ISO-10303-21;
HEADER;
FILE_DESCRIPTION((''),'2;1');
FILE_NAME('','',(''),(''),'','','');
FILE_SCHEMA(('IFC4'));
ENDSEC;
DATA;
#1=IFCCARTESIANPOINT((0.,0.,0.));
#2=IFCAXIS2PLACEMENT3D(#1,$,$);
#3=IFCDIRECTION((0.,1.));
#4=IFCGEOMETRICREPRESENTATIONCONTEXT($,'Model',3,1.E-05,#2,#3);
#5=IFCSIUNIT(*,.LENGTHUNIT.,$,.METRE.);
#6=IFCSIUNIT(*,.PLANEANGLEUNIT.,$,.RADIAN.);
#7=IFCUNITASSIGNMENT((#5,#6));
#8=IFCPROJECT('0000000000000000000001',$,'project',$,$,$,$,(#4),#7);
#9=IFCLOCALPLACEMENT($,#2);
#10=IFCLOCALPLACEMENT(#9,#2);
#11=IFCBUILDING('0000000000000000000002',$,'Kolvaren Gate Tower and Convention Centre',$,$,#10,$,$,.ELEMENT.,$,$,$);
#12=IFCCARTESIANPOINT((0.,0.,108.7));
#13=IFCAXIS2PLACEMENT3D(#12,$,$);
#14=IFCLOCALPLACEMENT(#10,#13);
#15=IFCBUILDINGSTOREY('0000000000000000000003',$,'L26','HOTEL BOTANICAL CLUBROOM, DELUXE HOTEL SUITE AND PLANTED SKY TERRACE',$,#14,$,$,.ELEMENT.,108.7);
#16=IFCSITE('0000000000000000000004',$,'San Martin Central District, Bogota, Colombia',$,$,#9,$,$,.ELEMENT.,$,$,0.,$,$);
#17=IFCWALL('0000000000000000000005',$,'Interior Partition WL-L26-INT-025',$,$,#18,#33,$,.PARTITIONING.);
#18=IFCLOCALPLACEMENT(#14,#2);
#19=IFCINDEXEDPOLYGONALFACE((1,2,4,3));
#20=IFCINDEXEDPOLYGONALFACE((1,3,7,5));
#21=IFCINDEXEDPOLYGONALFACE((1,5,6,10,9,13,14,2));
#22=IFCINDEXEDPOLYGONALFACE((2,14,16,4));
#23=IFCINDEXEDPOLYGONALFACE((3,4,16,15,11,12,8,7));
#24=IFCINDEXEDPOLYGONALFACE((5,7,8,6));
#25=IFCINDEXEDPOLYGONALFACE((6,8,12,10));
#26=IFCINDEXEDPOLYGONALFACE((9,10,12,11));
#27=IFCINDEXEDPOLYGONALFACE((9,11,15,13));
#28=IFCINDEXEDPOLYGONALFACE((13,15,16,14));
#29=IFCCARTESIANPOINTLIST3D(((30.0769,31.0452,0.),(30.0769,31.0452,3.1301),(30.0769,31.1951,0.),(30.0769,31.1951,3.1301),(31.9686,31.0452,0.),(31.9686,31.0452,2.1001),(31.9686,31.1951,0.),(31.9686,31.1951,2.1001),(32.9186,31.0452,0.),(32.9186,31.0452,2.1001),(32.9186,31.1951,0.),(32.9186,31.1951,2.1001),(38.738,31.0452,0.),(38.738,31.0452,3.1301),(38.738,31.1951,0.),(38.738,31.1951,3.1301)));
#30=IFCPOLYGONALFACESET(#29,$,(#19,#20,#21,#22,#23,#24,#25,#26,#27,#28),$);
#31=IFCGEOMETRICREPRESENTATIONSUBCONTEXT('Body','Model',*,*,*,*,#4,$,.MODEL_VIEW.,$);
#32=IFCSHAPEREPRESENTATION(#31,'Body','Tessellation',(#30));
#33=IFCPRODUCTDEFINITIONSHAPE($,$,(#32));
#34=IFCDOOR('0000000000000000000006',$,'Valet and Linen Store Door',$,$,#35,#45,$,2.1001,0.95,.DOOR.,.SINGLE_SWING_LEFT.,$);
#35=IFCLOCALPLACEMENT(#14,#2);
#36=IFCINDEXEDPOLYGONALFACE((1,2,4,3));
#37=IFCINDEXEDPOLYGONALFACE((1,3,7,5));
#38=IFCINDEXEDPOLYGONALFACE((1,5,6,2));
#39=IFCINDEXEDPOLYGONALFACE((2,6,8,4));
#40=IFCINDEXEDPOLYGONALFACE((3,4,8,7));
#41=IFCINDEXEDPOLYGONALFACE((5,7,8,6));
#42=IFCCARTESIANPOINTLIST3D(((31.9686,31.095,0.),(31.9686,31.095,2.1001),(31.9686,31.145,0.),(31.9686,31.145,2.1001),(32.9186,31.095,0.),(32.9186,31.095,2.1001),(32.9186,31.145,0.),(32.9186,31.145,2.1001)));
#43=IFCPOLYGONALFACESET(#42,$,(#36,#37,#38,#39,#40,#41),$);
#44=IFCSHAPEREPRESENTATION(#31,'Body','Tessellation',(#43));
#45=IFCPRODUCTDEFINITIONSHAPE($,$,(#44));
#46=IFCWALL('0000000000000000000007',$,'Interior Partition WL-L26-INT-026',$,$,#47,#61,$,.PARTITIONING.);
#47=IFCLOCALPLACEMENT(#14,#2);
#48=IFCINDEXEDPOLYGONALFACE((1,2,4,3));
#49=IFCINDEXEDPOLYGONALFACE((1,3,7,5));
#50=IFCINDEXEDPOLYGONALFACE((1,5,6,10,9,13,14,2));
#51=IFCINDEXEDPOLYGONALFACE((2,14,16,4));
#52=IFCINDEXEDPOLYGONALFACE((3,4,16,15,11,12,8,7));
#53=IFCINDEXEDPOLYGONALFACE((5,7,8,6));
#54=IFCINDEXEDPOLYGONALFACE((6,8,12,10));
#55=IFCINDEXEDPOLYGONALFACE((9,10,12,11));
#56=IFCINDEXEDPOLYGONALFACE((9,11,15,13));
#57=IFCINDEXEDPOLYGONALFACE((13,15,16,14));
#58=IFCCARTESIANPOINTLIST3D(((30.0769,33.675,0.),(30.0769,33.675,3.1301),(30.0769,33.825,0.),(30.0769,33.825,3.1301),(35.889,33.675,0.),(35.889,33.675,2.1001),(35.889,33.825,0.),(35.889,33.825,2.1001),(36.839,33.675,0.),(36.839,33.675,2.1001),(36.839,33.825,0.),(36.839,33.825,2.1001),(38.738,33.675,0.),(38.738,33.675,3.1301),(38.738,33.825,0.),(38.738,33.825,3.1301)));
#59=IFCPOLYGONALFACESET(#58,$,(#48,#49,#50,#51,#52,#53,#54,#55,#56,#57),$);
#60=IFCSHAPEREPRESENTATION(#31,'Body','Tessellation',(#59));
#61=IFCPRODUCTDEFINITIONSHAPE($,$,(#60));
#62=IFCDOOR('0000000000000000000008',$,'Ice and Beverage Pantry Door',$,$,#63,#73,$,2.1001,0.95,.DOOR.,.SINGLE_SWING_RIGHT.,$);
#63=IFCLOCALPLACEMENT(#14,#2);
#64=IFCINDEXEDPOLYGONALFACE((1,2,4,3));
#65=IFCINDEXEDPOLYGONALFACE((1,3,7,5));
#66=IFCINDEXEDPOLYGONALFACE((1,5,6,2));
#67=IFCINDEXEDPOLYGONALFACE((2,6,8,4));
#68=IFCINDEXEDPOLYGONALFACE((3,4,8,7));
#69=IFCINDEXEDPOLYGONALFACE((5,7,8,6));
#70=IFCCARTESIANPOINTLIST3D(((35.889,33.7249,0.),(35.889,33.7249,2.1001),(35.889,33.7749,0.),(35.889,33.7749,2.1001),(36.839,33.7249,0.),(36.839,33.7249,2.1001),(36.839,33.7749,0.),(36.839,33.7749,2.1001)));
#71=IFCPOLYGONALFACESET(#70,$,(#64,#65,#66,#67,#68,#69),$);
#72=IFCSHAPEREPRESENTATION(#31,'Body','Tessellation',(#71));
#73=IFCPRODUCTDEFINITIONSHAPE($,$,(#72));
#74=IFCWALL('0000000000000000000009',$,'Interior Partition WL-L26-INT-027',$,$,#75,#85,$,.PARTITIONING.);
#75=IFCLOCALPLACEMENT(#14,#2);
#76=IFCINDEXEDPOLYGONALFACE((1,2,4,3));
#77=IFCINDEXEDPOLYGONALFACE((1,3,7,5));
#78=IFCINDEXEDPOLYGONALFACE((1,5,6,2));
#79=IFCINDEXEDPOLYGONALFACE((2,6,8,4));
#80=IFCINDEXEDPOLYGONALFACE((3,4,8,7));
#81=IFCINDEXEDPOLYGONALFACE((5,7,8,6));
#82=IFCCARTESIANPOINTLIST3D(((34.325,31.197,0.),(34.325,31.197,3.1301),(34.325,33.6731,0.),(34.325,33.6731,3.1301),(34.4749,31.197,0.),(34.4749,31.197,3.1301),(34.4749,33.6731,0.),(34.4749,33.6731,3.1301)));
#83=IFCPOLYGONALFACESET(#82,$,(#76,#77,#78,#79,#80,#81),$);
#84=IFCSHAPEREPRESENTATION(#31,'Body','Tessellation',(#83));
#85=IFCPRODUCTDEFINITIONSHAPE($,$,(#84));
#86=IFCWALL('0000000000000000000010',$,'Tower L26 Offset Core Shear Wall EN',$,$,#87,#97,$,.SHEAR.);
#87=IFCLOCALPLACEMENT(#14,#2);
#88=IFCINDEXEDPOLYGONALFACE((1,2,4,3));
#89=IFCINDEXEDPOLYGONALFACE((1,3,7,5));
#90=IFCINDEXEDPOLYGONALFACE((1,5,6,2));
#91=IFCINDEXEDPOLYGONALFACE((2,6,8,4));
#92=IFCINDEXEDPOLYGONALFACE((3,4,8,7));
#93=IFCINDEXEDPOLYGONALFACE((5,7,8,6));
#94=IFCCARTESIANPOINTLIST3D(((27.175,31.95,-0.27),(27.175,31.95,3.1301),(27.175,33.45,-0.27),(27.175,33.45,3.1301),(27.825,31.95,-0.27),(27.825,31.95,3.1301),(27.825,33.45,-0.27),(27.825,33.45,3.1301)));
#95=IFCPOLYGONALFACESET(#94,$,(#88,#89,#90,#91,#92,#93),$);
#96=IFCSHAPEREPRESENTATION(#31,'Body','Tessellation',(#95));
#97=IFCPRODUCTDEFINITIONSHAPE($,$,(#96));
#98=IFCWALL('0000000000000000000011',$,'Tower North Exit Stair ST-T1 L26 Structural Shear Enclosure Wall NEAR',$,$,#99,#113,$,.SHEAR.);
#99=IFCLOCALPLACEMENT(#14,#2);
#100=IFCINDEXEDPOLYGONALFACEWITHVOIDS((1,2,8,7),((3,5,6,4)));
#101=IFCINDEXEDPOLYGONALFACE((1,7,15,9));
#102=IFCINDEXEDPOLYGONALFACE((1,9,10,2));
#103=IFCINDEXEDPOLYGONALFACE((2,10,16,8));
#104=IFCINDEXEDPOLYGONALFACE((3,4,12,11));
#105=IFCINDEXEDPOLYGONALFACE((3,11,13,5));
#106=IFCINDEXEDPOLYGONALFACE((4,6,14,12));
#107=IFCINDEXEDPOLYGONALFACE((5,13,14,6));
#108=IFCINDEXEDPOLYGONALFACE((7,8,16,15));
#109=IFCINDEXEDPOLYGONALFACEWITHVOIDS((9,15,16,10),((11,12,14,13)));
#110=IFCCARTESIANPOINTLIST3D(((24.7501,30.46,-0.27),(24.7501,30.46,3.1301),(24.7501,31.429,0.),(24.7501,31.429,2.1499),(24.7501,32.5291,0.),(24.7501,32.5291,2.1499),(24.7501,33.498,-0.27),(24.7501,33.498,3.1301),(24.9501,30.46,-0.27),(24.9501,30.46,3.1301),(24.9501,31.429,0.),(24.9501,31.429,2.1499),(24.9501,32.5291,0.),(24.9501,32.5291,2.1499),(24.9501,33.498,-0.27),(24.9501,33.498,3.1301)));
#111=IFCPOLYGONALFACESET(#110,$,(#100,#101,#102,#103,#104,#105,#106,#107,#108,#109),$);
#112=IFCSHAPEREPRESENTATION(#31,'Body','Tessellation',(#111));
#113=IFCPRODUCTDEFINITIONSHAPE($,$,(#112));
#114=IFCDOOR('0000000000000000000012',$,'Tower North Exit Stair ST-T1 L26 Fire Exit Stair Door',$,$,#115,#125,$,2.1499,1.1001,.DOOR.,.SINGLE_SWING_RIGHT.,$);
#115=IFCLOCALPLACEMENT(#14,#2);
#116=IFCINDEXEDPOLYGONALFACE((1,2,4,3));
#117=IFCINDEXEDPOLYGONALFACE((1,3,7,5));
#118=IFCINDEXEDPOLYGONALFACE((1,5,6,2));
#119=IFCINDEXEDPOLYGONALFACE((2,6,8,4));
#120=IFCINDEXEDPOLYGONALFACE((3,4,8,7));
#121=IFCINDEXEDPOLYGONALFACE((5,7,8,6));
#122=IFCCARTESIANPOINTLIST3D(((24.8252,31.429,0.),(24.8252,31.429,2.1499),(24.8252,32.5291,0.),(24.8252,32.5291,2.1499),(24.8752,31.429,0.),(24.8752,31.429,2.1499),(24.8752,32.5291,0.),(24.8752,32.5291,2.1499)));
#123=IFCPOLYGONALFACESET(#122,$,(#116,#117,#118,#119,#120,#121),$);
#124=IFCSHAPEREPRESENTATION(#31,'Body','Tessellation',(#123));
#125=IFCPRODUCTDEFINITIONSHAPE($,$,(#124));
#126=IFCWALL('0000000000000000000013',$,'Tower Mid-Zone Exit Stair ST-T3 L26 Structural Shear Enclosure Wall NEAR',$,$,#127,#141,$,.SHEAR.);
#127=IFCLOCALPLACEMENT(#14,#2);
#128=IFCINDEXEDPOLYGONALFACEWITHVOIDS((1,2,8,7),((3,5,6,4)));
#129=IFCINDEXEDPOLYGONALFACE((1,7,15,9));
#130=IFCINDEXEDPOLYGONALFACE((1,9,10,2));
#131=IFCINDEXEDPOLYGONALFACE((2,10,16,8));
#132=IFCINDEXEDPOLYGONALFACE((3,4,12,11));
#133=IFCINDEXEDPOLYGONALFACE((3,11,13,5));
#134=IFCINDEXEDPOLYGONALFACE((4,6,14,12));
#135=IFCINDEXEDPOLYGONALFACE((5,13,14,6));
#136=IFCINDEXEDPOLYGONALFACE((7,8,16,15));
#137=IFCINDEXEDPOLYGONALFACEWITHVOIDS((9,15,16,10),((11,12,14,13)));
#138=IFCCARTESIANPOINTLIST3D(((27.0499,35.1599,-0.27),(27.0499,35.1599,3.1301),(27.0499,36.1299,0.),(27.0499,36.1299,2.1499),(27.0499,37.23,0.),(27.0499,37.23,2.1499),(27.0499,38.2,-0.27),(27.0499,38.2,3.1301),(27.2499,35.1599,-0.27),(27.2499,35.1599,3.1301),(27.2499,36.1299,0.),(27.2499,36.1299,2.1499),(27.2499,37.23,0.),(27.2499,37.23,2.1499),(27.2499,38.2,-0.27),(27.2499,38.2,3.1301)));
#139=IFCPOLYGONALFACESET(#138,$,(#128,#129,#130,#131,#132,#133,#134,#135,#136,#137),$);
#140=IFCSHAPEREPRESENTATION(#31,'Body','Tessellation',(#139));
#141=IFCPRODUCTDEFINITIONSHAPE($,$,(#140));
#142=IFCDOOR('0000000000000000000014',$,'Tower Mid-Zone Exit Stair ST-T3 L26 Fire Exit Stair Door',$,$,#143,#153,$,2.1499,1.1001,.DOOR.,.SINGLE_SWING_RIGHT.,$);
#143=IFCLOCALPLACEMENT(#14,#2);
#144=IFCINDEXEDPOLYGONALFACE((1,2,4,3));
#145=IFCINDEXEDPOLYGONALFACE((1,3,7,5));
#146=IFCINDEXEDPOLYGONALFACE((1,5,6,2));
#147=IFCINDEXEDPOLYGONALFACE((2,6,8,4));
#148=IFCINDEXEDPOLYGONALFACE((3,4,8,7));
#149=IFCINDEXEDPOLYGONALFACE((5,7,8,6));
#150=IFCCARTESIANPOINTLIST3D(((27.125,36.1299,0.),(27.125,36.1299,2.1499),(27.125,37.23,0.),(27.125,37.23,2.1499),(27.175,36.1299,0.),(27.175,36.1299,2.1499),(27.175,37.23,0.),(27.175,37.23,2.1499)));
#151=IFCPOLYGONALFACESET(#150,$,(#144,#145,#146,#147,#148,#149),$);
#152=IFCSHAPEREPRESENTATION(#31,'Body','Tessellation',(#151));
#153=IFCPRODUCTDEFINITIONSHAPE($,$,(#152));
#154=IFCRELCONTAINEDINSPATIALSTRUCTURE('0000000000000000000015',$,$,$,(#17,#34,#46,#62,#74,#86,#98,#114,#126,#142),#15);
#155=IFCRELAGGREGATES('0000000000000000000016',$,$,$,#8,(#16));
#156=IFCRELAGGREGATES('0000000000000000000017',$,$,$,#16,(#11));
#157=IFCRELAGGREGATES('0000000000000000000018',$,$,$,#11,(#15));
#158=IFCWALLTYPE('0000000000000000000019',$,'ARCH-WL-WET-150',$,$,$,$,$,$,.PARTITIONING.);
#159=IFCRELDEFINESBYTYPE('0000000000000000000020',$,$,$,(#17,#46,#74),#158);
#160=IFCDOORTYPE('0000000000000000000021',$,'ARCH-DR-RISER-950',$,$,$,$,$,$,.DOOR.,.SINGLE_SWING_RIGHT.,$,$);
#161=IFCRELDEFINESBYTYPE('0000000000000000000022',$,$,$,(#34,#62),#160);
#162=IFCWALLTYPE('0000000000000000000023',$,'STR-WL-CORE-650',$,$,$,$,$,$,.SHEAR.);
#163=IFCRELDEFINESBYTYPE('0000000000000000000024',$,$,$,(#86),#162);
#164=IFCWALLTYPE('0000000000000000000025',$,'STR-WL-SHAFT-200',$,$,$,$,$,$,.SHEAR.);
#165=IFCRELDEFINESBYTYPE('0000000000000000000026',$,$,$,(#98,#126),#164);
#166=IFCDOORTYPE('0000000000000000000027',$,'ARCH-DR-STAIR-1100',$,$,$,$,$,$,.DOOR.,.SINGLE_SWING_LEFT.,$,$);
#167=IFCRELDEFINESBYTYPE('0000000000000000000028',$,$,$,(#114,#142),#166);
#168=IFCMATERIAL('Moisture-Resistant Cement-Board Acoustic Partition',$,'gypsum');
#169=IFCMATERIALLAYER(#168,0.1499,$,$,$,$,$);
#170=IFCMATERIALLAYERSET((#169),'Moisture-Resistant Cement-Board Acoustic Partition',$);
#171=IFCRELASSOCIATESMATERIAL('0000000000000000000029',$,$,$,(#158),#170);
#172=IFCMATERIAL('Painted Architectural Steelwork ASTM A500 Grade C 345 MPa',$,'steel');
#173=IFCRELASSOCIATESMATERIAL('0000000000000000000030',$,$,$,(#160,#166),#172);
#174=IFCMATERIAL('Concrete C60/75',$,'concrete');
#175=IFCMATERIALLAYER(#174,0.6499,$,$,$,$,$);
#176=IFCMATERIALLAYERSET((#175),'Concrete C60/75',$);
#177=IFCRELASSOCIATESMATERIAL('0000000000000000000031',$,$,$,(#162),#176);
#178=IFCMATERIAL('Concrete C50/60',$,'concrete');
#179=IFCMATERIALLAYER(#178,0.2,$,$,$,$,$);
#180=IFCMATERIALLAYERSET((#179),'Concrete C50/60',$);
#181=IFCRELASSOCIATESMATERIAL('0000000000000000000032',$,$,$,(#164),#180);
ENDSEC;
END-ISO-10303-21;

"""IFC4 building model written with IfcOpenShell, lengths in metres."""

from ifc_helpers import new_model, si_unit, direction, frame, frame_2d, origin, place, context, subcontext, project, spatial, rectangle, extrude, material, layer, layer_set, type_object, element, fill, save


model = new_model("IFC4")

# Units and contexts
model_context = context("Model", 3, precision=1e-05, world=origin(), true_north=direction((0.0, 1.0)))
body_context = subcontext(model_context, "Body", "Model", "MODEL_VIEW")
ifc_project = project(units=[si_unit("LENGTHUNIT", "METRE"), si_unit("PLANEANGLEUNIT", "RADIAN")], contexts=[model_context])

# Site, building, storey
site_placement = place(None, origin())
site = spatial("IfcSite", under=ifc_project, at=site_placement, Name="San Martin Central District, Bogota, Colombia", CompositionType="ELEMENT", RefElevation=0.0)
building_placement = place(site_placement, origin())
building = spatial("IfcBuilding", under=site, at=building_placement, Name="Kolvaren Gate Tower and Convention Centre", CompositionType="ELEMENT")
storey_placement = place(building_placement, frame((0.0, 0.0, 108.7)))
storey = spatial("IfcBuildingStorey", under=building, at=storey_placement, Name="L26", Description="HOTEL BOTANICAL CLUBROOM, DELUXE HOTEL SUITE AND PLANTED SKY TERRACE", CompositionType="ELEMENT", Elevation=108.7)

# Shared definitions
ifc_material_1 = material(Name="Moisture-Resistant Cement-Board Acoustic Partition", Category="gypsum")
ifc_layer_1 = layer(ifc_material_1, 0.1499)
ifc_layer_set_1 = layer_set([ifc_layer_1], Name="Moisture-Resistant Cement-Board Acoustic Partition")
wall_type_1 = type_object("IfcWallType", Name="ARCH-WL-WET-150", PredefinedType="PARTITIONING", material=ifc_layer_set_1)

# Shared definitions
ifc_material_2 = material(Name="Painted Architectural Steelwork ASTM A500 Grade C 345 MPa", Category="steel")
door_type_1 = type_object("IfcDoorType", Name="ARCH-DR-RISER-950", OperationType="SINGLE_SWING_RIGHT", PredefinedType="DOOR", material=ifc_material_2)

# Walls, openings, doors
wall_1_placement = place(storey_placement, frame((30.0769, 31.1201, 0.0), z_axis=(0.0, 0.0, 1.0), x_axis=(1.0, 0.0, 0.0)))
wall_1 = element("IfcWall", 1, at=wall_1_placement, inside=storey, type_object=wall_type_1, Name="Interior Partition WL-L26-INT-025", PredefinedType="PARTITIONING", context=body_context, shape_type="SweptSolid", body=[
    extrude(rectangle(XDim=8.6611, YDim=0.1499, at=frame_2d((4.3306, 0.0))), origin(), (0.0, 0.0, 1.0), 3.1301),
])
opening_1_placement = place(wall_1_placement, frame((1.8916, 0.0, 0.0)))
opening_1 = element("IfcOpeningElement", 2, at=opening_1_placement, cuts=wall_1, PredefinedType="OPENING", context=body_context, shape_type="SweptSolid", body=[
    extrude(rectangle(XDim=0.95, YDim=2.1001, at=frame_2d((0.4751, 1.05))), frame((0.0, 0.085, 0.0), z_axis=(0.0, -1.0, 0.0), x_axis=(1.0, 0.0, 0.0)), (0.0, 0.0, 1.0), 0.1699),
])
door_1_placement = place(opening_1_placement, origin())
door_1 = element("IfcDoor", 3, at=door_1_placement, inside=storey, type_object=door_type_1, Name="Valet and Linen Store Door", OperationType="SINGLE_SWING_LEFT", OverallHeight=2.1001, OverallWidth=0.95, PredefinedType="DOOR", context=body_context, shape_type="SweptSolid", body=[
    extrude(rectangle(XDim=0.95, YDim=2.1001, at=frame_2d((0.4751, 1.05))), frame((0.0, 0.0249, 0.0), z_axis=(0.0, -1.0, 0.0), x_axis=(1.0, 0.0, 0.0)), (0.0, 0.0, 1.0), 0.05),
])
fill(opening_1, door_1)
wall_2_placement = place(storey_placement, frame((30.0769, 33.75, 0.0), z_axis=(0.0, 0.0, 1.0), x_axis=(1.0, 0.0, 0.0)))
wall_2 = element("IfcWall", 4, at=wall_2_placement, inside=storey, type_object=wall_type_1, Name="Interior Partition WL-L26-INT-026", PredefinedType="PARTITIONING", context=body_context, shape_type="SweptSolid", body=[
    extrude(rectangle(XDim=8.6611, YDim=0.1499, at=frame_2d((4.3306, 0.0))), origin(), (0.0, 0.0, 1.0), 3.1301),
])
opening_2_placement = place(wall_2_placement, frame((5.812, 0.0, 0.0)))
opening_2 = element("IfcOpeningElement", 5, at=opening_2_placement, cuts=wall_2, PredefinedType="OPENING", context=body_context, shape_type="SweptSolid", body=[
    extrude(rectangle(XDim=0.95, YDim=2.1001, at=frame_2d((0.4751, 1.05))), frame((0.0, 0.085, 0.0), z_axis=(0.0, -1.0, 0.0), x_axis=(1.0, 0.0, 0.0)), (0.0, 0.0, 1.0), 0.1699),
])
door_2_placement = place(opening_2_placement, origin())
door_2 = element("IfcDoor", 6, at=door_2_placement, inside=storey, type_object=door_type_1, Name="Ice and Beverage Pantry Door", OperationType="SINGLE_SWING_RIGHT", OverallHeight=2.1001, OverallWidth=0.95, PredefinedType="DOOR", context=body_context, shape_type="SweptSolid", body=[
    extrude(rectangle(XDim=0.95, YDim=2.1001, at=frame_2d((0.4751, 1.05))), frame((0.0, 0.0249, 0.0), z_axis=(0.0, -1.0, 0.0), x_axis=(1.0, 0.0, 0.0)), (0.0, 0.0, 1.0), 0.05),
])
fill(opening_2, door_2)

# Walls
wall_3_placement = place(storey_placement, frame((34.3999, 31.197, 0.0), z_axis=(0.0, 0.0, 1.0), x_axis=(0.0, 1.0, 0.0)))
element("IfcWall", 7, at=wall_3_placement, inside=storey, type_object=wall_type_1, Name="Interior Partition WL-L26-INT-027", PredefinedType="PARTITIONING", context=body_context, shape_type="SweptSolid", body=[
    extrude(rectangle(XDim=2.4761, YDim=0.1499, at=frame_2d((1.238, 0.0))), origin(), (0.0, 0.0, 1.0), 3.1301),
])
ifc_material_3 = material(Name="Concrete C60/75", Category="concrete")
ifc_layer_2 = layer(ifc_material_3, 0.6499)
ifc_layer_set_2 = layer_set([ifc_layer_2], Name="Concrete C60/75")
wall_type_2 = type_object("IfcWallType", Name="STR-WL-CORE-650", PredefinedType="SHEAR", material=ifc_layer_set_2)
wall_4_placement = place(storey_placement, frame((27.5, 31.95, -0.27), z_axis=(0.0, 0.0, 1.0), x_axis=(0.0, 1.0, 0.0)))
element("IfcWall", 8, at=wall_4_placement, inside=storey, type_object=wall_type_2, Name="Tower L26 Offset Core Shear Wall EN", PredefinedType="SHEAR", context=body_context, shape_type="SweptSolid", body=[
    extrude(rectangle(XDim=1.5, YDim=0.6499, at=frame_2d((0.75, 0.0))), origin(), (0.0, 0.0, 1.0), 3.4001),
])

# Walls, openings, doors
ifc_material_4 = material(Name="Concrete C50/60", Category="concrete")
ifc_layer_3 = layer(ifc_material_4, 0.2)
ifc_layer_set_3 = layer_set([ifc_layer_3], Name="Concrete C50/60")
wall_type_3 = type_object("IfcWallType", Name="STR-WL-SHAFT-200", PredefinedType="SHEAR", material=ifc_layer_set_3)
wall_5_placement = place(storey_placement, frame((24.8501, 30.46, -0.27), z_axis=(0.0, 0.0, 1.0), x_axis=(0.0, 1.0, 0.0)))
wall_5 = element("IfcWall", 9, at=wall_5_placement, inside=storey, type_object=wall_type_3, Name="Tower North Exit Stair ST-T1 L26 Structural Shear Enclosure Wall NEAR", PredefinedType="SHEAR", context=body_context, shape_type="SweptSolid", body=[
    extrude(rectangle(XDim=3.0381, YDim=0.2, at=frame_2d((1.519, 0.0))), origin(), (0.0, 0.0, 1.0), 3.4001),
])
opening_3_placement = place(wall_5_placement, frame((0.969, 0.0, 0.27)))
opening_3 = element("IfcOpeningElement", 10, at=opening_3_placement, cuts=wall_5, PredefinedType="OPENING", context=body_context, shape_type="SweptSolid", body=[
    extrude(rectangle(XDim=1.1001, YDim=2.1499, at=frame_2d((0.55, 1.075))), frame((0.0, 0.1099, 0.0), z_axis=(0.0, -1.0, 0.0), x_axis=(1.0, 0.0, 0.0)), (0.0, 0.0, 1.0), 0.22),
])
door_type_2 = type_object("IfcDoorType", Name="ARCH-DR-STAIR-1100", OperationType="SINGLE_SWING_LEFT", PredefinedType="DOOR", material=ifc_material_2)
door_3_placement = place(opening_3_placement, origin())
door_3 = element("IfcDoor", 11, at=door_3_placement, inside=storey, type_object=door_type_2, Name="Tower North Exit Stair ST-T1 L26 Fire Exit Stair Door", OperationType="SINGLE_SWING_RIGHT", OverallHeight=2.1499, OverallWidth=1.1001, PredefinedType="DOOR", context=body_context, shape_type="SweptSolid", body=[
    extrude(rectangle(XDim=1.1001, YDim=2.1499, at=frame_2d((0.55, 1.075))), frame((0.0, 0.0249, 0.0), z_axis=(0.0, -1.0, 0.0), x_axis=(1.0, 0.0, 0.0)), (0.0, 0.0, 1.0), 0.05),
])
fill(opening_3, door_3)
wall_6_placement = place(storey_placement, frame((27.1499, 35.1599, -0.27), z_axis=(0.0, 0.0, 1.0), x_axis=(0.0, 1.0, 0.0)))
wall_6 = element("IfcWall", 12, at=wall_6_placement, inside=storey, type_object=wall_type_3, Name="Tower Mid-Zone Exit Stair ST-T3 L26 Structural Shear Enclosure Wall NEAR", PredefinedType="SHEAR", context=body_context, shape_type="SweptSolid", body=[
    extrude(rectangle(XDim=3.04, YDim=0.2, at=frame_2d((1.52, 0.0))), origin(), (0.0, 0.0, 1.0), 3.4001),
])
opening_4_placement = place(wall_6_placement, frame((0.97, 0.0, 0.27)))
opening_4 = element("IfcOpeningElement", 13, at=opening_4_placement, cuts=wall_6, PredefinedType="OPENING", context=body_context, shape_type="SweptSolid", body=[
    extrude(rectangle(XDim=1.1001, YDim=2.1499, at=frame_2d((0.55, 1.075))), frame((0.0, 0.1099, 0.0), z_axis=(0.0, -1.0, 0.0), x_axis=(1.0, 0.0, 0.0)), (0.0, 0.0, 1.0), 0.22),
])
door_4_placement = place(opening_4_placement, origin())
door_4 = element("IfcDoor", 14, at=door_4_placement, inside=storey, type_object=door_type_2, Name="Tower Mid-Zone Exit Stair ST-T3 L26 Fire Exit Stair Door", OperationType="SINGLE_SWING_RIGHT", OverallHeight=2.1499, OverallWidth=1.1001, PredefinedType="DOOR", context=body_context, shape_type="SweptSolid", body=[
    extrude(rectangle(XDim=1.1001, YDim=2.1499, at=frame_2d((0.55, 1.075))), frame((0.0, 0.0249, 0.0), z_axis=(0.0, -1.0, 0.0), x_axis=(1.0, 0.0, 0.0)), (0.0, 0.0, 1.0), 0.05),
])
fill(opening_4, door_4)

save(model, "model.ifc")
